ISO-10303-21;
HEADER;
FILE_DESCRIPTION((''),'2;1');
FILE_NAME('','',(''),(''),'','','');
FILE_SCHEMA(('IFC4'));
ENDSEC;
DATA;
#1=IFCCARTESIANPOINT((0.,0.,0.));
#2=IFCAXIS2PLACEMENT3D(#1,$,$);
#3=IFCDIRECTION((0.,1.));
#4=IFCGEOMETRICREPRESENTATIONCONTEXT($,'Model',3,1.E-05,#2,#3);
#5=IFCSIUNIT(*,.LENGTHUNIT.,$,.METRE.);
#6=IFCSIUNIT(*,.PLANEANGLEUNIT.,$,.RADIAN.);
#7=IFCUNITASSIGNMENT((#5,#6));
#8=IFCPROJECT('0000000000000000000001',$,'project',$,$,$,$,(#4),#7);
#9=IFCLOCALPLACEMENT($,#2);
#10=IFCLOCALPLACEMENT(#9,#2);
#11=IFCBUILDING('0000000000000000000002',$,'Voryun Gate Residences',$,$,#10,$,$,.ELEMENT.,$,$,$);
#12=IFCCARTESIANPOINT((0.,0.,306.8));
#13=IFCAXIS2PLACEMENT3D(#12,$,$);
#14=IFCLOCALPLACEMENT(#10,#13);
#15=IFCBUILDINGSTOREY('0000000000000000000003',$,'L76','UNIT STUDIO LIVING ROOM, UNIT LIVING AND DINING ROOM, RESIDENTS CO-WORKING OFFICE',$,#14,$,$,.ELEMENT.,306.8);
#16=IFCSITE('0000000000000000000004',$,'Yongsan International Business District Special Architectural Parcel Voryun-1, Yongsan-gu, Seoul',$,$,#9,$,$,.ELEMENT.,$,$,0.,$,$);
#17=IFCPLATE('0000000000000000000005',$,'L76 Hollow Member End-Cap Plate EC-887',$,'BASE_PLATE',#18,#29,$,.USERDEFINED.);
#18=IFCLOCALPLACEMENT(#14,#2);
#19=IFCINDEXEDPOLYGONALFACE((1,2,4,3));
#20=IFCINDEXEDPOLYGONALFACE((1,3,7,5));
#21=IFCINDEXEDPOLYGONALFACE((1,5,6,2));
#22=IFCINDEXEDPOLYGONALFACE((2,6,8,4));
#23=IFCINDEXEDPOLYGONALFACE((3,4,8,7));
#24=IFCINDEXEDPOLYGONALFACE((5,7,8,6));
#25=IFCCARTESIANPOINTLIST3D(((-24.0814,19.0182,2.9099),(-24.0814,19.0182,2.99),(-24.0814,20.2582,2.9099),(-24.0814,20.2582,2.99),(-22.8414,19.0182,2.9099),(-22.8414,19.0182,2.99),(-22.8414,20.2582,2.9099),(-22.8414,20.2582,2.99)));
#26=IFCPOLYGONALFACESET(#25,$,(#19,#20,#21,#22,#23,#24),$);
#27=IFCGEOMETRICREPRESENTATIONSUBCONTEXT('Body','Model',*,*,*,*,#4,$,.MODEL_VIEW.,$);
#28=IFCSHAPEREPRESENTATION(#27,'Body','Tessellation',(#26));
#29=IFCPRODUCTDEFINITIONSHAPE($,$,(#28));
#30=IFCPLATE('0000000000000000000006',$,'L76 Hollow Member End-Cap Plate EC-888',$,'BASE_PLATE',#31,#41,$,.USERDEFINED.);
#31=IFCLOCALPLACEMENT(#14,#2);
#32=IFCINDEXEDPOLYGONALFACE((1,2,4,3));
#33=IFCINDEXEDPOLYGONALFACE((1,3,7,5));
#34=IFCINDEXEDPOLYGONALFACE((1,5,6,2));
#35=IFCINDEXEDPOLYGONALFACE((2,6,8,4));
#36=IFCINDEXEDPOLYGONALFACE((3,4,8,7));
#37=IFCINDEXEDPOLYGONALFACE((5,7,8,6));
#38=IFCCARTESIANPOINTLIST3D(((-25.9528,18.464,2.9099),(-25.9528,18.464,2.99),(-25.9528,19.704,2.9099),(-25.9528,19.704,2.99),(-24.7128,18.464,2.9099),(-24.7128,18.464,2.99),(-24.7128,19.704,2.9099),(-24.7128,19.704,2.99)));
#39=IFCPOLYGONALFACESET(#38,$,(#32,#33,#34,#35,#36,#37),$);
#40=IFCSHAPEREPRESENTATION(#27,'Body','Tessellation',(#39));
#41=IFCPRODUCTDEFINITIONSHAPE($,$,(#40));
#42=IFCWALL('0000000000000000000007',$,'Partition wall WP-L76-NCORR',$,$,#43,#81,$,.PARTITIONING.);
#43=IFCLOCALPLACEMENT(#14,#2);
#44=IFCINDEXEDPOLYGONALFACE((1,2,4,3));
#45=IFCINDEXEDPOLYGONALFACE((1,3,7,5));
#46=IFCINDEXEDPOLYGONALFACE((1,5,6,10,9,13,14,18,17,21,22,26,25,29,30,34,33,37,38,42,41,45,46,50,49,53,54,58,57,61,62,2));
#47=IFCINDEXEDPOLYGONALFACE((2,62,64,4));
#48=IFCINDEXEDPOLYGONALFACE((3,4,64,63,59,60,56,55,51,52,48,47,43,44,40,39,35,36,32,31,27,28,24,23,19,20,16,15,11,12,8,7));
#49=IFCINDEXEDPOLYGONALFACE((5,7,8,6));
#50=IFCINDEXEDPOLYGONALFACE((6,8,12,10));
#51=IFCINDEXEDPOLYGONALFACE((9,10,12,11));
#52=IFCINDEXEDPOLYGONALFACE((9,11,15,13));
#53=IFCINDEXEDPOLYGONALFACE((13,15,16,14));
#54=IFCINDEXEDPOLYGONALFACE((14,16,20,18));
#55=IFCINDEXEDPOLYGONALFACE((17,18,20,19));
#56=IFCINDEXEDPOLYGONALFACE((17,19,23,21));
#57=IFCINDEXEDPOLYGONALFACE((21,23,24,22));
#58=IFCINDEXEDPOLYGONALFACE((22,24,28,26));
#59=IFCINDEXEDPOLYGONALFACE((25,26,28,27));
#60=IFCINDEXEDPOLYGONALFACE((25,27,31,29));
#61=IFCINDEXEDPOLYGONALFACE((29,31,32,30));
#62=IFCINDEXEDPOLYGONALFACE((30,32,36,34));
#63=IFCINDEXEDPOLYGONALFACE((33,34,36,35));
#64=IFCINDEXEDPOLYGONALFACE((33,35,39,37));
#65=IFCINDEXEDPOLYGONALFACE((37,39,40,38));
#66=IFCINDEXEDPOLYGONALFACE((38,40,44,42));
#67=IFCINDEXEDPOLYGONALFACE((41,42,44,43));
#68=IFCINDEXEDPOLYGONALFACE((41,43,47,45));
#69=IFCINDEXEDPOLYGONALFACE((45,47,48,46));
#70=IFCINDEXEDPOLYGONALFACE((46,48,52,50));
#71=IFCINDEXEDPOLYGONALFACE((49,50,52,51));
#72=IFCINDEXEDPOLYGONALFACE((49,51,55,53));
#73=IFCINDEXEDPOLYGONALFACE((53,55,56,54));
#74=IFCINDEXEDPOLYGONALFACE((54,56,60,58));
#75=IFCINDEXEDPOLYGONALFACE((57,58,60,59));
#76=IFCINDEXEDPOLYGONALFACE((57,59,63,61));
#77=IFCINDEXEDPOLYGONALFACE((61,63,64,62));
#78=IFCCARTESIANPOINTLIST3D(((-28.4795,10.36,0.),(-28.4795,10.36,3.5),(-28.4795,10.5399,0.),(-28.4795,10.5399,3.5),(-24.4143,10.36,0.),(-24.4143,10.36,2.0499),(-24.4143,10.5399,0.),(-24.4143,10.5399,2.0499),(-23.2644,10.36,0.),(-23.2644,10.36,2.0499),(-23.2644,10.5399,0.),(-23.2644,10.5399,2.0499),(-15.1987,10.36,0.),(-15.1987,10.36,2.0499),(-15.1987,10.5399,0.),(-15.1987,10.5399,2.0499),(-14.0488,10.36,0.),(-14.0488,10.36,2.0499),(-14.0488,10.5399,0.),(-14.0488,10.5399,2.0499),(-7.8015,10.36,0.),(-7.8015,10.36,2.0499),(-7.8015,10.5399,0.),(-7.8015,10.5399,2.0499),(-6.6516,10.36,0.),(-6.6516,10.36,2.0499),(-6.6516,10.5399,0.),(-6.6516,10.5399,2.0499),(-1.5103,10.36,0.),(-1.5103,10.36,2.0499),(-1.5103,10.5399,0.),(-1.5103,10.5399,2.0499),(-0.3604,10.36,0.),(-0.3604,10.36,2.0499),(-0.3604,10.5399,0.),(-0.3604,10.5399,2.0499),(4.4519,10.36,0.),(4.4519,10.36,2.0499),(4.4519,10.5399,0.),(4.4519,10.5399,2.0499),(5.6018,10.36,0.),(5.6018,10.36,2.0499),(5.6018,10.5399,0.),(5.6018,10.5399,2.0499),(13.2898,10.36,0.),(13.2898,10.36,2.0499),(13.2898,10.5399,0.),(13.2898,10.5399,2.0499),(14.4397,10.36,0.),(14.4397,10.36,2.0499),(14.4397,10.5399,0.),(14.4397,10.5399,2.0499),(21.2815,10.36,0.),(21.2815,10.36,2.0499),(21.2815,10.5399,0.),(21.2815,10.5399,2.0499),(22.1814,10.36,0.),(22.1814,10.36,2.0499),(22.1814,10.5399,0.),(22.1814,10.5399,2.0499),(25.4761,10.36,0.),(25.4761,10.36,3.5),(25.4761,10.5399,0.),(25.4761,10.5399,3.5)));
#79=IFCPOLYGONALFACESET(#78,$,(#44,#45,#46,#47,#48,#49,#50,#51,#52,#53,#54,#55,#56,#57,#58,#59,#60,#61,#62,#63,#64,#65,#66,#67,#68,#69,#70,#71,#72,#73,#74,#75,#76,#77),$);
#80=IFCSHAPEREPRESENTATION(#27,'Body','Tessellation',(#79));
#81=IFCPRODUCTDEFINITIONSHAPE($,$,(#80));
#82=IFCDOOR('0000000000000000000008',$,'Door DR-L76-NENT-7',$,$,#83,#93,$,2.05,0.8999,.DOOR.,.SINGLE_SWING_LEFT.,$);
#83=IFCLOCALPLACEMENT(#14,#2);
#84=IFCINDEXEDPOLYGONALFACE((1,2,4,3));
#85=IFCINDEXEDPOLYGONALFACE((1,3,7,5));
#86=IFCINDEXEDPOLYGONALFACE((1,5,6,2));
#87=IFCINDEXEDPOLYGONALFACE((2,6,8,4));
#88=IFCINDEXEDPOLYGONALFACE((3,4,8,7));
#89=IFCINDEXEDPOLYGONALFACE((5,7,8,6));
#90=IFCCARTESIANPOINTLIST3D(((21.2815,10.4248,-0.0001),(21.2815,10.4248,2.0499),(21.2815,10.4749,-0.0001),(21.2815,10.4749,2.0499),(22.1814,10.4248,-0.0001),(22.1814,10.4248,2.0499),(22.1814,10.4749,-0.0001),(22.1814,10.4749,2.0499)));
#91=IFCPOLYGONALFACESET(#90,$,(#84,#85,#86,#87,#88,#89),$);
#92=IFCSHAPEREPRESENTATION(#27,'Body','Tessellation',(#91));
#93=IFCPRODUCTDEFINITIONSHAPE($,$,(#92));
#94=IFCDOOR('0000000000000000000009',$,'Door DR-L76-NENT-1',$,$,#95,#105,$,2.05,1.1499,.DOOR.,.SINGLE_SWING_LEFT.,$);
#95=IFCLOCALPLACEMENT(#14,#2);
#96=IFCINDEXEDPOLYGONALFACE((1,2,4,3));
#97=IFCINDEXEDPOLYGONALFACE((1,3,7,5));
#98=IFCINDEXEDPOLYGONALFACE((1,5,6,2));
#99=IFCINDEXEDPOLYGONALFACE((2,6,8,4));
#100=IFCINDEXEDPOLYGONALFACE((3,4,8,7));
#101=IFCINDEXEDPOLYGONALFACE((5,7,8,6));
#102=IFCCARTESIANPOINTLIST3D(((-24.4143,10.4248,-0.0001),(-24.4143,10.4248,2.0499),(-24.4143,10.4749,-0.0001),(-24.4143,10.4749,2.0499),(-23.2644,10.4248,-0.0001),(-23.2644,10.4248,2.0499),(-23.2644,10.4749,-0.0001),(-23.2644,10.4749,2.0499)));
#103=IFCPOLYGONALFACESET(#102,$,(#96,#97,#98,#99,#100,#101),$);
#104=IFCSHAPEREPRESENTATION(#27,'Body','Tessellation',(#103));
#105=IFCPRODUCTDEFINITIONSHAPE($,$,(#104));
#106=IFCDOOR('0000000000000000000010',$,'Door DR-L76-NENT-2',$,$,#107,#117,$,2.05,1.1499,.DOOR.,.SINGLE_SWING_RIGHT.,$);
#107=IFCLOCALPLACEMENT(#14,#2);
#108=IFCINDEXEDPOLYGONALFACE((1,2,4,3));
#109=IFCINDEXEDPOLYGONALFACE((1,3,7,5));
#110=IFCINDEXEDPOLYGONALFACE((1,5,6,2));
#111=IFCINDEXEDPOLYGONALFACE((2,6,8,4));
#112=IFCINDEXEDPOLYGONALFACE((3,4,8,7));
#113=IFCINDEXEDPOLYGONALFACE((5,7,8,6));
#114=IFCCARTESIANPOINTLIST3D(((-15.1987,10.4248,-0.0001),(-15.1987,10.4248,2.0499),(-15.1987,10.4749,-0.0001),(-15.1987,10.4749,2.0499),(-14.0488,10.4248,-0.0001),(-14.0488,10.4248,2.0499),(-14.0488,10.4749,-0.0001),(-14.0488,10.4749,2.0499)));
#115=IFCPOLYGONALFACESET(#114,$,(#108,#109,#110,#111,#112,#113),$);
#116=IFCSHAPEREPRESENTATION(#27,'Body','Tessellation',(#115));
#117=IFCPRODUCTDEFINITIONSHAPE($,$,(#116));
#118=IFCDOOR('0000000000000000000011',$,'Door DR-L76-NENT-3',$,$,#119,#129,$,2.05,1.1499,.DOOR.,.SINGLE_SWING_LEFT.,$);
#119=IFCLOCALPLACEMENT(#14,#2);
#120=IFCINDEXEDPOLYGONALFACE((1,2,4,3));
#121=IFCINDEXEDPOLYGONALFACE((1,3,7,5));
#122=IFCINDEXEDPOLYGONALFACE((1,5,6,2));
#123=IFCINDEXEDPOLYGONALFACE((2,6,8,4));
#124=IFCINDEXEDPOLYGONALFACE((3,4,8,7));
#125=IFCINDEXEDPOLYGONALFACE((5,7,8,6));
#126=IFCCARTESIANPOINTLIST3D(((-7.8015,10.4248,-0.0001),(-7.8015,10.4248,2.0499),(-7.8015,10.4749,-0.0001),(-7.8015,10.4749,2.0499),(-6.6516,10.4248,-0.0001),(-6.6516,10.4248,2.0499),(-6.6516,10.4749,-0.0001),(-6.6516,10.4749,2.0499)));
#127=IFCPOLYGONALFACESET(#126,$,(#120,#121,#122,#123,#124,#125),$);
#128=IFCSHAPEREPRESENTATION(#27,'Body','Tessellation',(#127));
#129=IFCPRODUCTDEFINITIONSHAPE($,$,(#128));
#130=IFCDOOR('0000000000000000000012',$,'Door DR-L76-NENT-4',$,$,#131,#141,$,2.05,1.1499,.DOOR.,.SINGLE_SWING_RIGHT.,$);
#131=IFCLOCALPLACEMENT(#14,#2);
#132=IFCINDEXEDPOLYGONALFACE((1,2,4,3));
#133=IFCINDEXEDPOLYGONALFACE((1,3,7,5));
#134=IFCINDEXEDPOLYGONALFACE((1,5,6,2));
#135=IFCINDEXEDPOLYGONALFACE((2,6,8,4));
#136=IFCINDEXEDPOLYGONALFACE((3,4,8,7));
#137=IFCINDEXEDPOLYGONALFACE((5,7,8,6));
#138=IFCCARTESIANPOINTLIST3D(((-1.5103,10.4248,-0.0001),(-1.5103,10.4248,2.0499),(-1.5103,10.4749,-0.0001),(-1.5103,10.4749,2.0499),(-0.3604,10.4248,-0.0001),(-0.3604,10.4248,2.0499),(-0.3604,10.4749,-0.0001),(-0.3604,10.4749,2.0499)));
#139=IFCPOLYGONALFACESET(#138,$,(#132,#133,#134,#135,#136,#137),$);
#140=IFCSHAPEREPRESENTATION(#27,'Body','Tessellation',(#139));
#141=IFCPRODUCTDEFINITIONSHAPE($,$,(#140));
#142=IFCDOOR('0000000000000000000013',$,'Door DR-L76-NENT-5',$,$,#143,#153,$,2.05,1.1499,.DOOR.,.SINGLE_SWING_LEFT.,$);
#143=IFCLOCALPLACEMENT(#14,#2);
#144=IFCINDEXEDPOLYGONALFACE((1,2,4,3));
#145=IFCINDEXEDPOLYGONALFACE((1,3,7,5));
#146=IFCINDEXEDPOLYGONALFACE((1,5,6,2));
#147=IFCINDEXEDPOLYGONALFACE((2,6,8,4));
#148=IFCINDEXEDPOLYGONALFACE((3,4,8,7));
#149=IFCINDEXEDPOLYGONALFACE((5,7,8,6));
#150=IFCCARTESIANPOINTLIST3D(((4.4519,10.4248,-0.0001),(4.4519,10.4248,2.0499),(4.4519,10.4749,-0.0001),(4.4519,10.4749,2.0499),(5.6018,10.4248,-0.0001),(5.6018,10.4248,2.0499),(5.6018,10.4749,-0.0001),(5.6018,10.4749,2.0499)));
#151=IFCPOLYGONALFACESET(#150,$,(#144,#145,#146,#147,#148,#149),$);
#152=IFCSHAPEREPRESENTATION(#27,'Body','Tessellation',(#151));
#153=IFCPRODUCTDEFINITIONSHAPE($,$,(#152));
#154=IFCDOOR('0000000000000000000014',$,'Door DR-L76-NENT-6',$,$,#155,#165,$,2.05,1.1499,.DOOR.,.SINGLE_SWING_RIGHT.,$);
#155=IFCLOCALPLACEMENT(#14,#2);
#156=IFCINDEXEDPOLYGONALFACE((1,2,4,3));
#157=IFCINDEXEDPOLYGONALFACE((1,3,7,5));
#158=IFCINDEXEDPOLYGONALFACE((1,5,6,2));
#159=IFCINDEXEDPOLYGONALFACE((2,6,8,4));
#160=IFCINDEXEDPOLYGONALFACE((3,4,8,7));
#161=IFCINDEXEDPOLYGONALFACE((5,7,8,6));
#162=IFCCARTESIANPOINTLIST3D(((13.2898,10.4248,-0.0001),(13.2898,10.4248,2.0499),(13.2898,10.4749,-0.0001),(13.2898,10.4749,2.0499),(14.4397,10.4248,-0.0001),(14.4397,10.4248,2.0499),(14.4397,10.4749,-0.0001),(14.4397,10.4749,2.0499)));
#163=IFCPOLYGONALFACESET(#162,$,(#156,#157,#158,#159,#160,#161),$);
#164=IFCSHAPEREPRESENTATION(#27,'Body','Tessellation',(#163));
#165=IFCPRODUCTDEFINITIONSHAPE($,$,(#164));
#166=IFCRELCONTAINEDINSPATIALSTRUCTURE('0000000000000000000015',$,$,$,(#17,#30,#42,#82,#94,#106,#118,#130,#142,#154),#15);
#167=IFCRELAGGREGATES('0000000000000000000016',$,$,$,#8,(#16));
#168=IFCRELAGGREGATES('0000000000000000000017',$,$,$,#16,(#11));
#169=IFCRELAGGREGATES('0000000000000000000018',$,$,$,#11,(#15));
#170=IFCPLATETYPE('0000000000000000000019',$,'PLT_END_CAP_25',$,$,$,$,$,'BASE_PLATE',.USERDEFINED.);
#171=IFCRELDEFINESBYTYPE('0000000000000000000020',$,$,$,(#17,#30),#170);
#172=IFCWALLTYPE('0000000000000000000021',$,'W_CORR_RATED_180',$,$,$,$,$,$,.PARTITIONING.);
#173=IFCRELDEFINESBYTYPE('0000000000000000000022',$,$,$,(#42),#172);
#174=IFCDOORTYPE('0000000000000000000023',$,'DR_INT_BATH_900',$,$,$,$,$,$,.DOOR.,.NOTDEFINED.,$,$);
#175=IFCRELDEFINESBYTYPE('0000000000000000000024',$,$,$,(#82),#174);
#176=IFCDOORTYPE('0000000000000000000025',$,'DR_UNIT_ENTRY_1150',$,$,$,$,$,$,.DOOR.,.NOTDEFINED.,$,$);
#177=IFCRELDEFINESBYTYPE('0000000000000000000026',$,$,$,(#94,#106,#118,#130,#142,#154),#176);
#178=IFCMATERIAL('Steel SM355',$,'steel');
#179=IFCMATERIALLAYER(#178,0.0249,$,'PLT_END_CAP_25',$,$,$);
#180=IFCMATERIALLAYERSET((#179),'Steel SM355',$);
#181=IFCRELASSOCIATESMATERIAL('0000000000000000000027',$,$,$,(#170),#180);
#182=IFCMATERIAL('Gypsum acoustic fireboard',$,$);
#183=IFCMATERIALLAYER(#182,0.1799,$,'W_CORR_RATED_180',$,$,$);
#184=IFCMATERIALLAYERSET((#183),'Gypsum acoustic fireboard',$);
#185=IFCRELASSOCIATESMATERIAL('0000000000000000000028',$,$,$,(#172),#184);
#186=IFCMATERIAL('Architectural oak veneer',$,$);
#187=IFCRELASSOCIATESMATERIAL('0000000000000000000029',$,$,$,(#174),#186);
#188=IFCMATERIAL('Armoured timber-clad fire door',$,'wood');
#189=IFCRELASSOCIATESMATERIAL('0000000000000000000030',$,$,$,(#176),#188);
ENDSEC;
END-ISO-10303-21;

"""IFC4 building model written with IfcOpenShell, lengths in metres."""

from ifc_helpers import new_model, si_unit, direction, frame, frame_2d, origin, origin_2d, place, context, subcontext, project, spatial, rectangle, extrude, material, layer, layer_set, type_object, element, fill, save


model = new_model("IFC4")

# Units and contexts
model_context = context("Model", 3, precision=1e-05, world=origin(), true_north=direction((0.0, 1.0)))
body_context = subcontext(model_context, "Body", "Model", "MODEL_VIEW")
ifc_project = project(units=[si_unit("LENGTHUNIT", "METRE"), si_unit("PLANEANGLEUNIT", "RADIAN")], contexts=[model_context])

# Site, building, storey
site_placement = place(None, origin())
site = spatial("IfcSite", under=ifc_project, at=site_placement, Name="Yongsan International Business District Special Architectural Parcel Voryun-1, Yongsan-gu, Seoul", CompositionType="ELEMENT", RefElevation=0.0)
building_placement = place(site_placement, origin())
building = spatial("IfcBuilding", under=site, at=building_placement, Name="Voryun Gate Residences", CompositionType="ELEMENT")
storey_placement = place(building_placement, frame((0.0, 0.0, 306.8)))
storey = spatial("IfcBuildingStorey", under=building, at=storey_placement, Name="L76", Description="UNIT STUDIO LIVING ROOM, UNIT LIVING AND DINING ROOM, RESIDENTS CO-WORKING OFFICE", CompositionType="ELEMENT", Elevation=306.8)

# Plates
ifc_material_1 = material(Name="Steel SM355", Category="steel")
ifc_layer_1 = layer(ifc_material_1, 0.0249, Name="PLT_END_CAP_25")
ifc_layer_set_1 = layer_set([ifc_layer_1], Name="Steel SM355")
plate_type = type_object("IfcPlateType", Name="PLT_END_CAP_25", ElementType="BASE_PLATE", PredefinedType="USERDEFINED", material=ifc_layer_set_1)
for number, where, z_axis, x_axis, name in (
    (1, (-23.4614, 19.6382, 2.9099), (0.0, 0.0, 1.0), (1.0, 0.0, 0.0), "L76 Hollow Member End-Cap Plate EC-887"),
    (2, (-25.3328, 19.084, 2.9099), (0.0, 0.0, 1.0), (1.0, 0.0, 0.0), "L76 Hollow Member End-Cap Plate EC-888"),
):
    element("IfcPlate", number, at=place(storey_placement, frame(where, z_axis=z_axis, x_axis=x_axis)), inside=storey, type_object=plate_type, Name=name, ObjectType="BASE_PLATE", PredefinedType="USERDEFINED", context=body_context, shape_type="SweptSolid", body=[
        extrude(rectangle(XDim=1.24, YDim=1.24, at=origin_2d()), origin(), (0.0, 0.0, 1.0), 0.0801),
    ])

# Wall, openings, doors
ifc_material_2 = material(Name="Gypsum acoustic fireboard")
ifc_layer_2 = layer(ifc_material_2, 0.1799, Name="W_CORR_RATED_180")
ifc_layer_set_2 = layer_set([ifc_layer_2], Name="Gypsum acoustic fireboard")
wall_type_1 = type_object("IfcWallType", Name="W_CORR_RATED_180", PredefinedType="PARTITIONING", material=ifc_layer_set_2)
wall_1_placement = place(storey_placement, frame((-28.4795, 10.45, 0.0), z_axis=(0.0, 0.0, 1.0), x_axis=(1.0, 0.0, 0.0)))
wall_1 = element("IfcWall", 3, at=wall_1_placement, inside=storey, type_object=wall_type_1, Name="Partition wall WP-L76-NCORR", PredefinedType="PARTITIONING", context=body_context, shape_type="SweptSolid", body=[
    extrude(rectangle(XDim=53.9556, YDim=0.1799, at=frame_2d((26.9778, 0.0))), origin(), (0.0, 0.0, 1.0), 3.5),
])
opening_1_placement = place(wall_1_placement, frame((4.0652, 0.0, 0.0)))
opening_1 = element("IfcOpeningElement", 4, at=opening_1_placement, cuts=wall_1, PredefinedType="OPENING", context=body_context, shape_type="SweptSolid", body=[
    extrude(rectangle(XDim=1.1499, YDim=2.05, at=frame_2d((0.575, 1.0249))), frame((0.0, 0.0999, 0.0), z_axis=(0.0, -1.0, 0.0), x_axis=(1.0, 0.0, 0.0)), (0.0, 0.0, 1.0), 0.2),
])
opening_2_placement = place(wall_1_placement, frame((13.2808, 0.0, 0.0)))
opening_2 = element("IfcOpeningElement", 5, at=opening_2_placement, cuts=wall_1, PredefinedType="OPENING", context=body_context, shape_type="SweptSolid", body=[
    extrude(rectangle(XDim=1.1499, YDim=2.05, at=frame_2d((0.575, 1.0249))), frame((0.0, 0.0999, 0.0), z_axis=(0.0, -1.0, 0.0), x_axis=(1.0, 0.0, 0.0)), (0.0, 0.0, 1.0), 0.2),
])
opening_3_placement = place(wall_1_placement, frame((20.678, 0.0, 0.0)))
opening_3 = element("IfcOpeningElement", 6, at=opening_3_placement, cuts=wall_1, PredefinedType="OPENING", context=body_context, shape_type="SweptSolid", body=[
    extrude(rectangle(XDim=1.1499, YDim=2.05, at=frame_2d((0.575, 1.0249))), frame((0.0, 0.0999, 0.0), z_axis=(0.0, -1.0, 0.0), x_axis=(1.0, 0.0, 0.0)), (0.0, 0.0, 1.0), 0.2),
])
opening_4_placement = place(wall_1_placement, frame((26.9692, 0.0, 0.0)))
opening_4 = element("IfcOpeningElement", 7, at=opening_4_placement, cuts=wall_1, PredefinedType="OPENING", context=body_context, shape_type="SweptSolid", body=[
    extrude(rectangle(XDim=1.1499, YDim=2.05, at=frame_2d((0.575, 1.0249))), frame((0.0, 0.0999, 0.0), z_axis=(0.0, -1.0, 0.0), x_axis=(1.0, 0.0, 0.0)), (0.0, 0.0, 1.0), 0.2),
])
opening_5_placement = place(wall_1_placement, frame((32.9314, 0.0, 0.0)))
opening_5 = element("IfcOpeningElement", 8, at=opening_5_placement, cuts=wall_1, PredefinedType="OPENING", context=body_context, shape_type="SweptSolid", body=[
    extrude(rectangle(XDim=1.1499, YDim=2.05, at=frame_2d((0.575, 1.0249))), frame((0.0, 0.0999, 0.0), z_axis=(0.0, -1.0, 0.0), x_axis=(1.0, 0.0, 0.0)), (0.0, 0.0, 1.0), 0.2),
])
opening_6_placement = place(wall_1_placement, frame((41.7693, 0.0, 0.0)))
opening_6 = element("IfcOpeningElement", 9, at=opening_6_placement, cuts=wall_1, PredefinedType="OPENING", context=body_context, shape_type="SweptSolid", body=[
    extrude(rectangle(XDim=1.1499, YDim=2.05, at=frame_2d((0.575, 1.0249))), frame((0.0, 0.0999, 0.0), z_axis=(0.0, -1.0, 0.0), x_axis=(1.0, 0.0, 0.0)), (0.0, 0.0, 1.0), 0.2),
])
opening_7_placement = place(wall_1_placement, frame((49.761, 0.0, 0.0)))
opening_7 = element("IfcOpeningElement", 10, at=opening_7_placement, cuts=wall_1, PredefinedType="OPENING", context=body_context, shape_type="SweptSolid", body=[
    extrude(rectangle(XDim=0.8999, YDim=2.05, at=frame_2d((0.45, 1.0249))), frame((0.0, 0.0999, 0.0), z_axis=(0.0, -1.0, 0.0), x_axis=(1.0, 0.0, 0.0)), (0.0, 0.0, 1.0), 0.2),
])
ifc_material_3 = material(Name="Architectural oak veneer")
door_type_1 = type_object("IfcDoorType", Name="DR_INT_BATH_900", OperationType="NOTDEFINED", PredefinedType="DOOR", material=ifc_material_3)
door_1_placement = place(opening_7_placement, origin())
door_1 = element("IfcDoor", 11, at=door_1_placement, inside=storey, type_object=door_type_1, Name="Door DR-L76-NENT-7", OperationType="SINGLE_SWING_LEFT", OverallHeight=2.05, OverallWidth=0.8999, PredefinedType="DOOR", context=body_context, shape_type="SweptSolid", body=[
    extrude(rectangle(XDim=0.8999, YDim=2.05, at=frame_2d((0.45, 1.0249))), frame((0.0, 0.0249, 0.0), z_axis=(0.0, -1.0, 0.0), x_axis=(1.0, 0.0, 0.0)), (0.0, 0.0, 1.0), 0.05),
])
fill(opening_7, door_1)
ifc_material_4 = material(Name="Armoured timber-clad fire door", Category="wood")
door_type_2 = type_object("IfcDoorType", Name="DR_UNIT_ENTRY_1150", OperationType="NOTDEFINED", PredefinedType="DOOR", material=ifc_material_4)
door_2_placement = place(opening_1_placement, origin())
door_2 = element("IfcDoor", 12, at=door_2_placement, inside=storey, type_object=door_type_2, Name="Door DR-L76-NENT-1", OperationType="SINGLE_SWING_LEFT", OverallHeight=2.05, OverallWidth=1.1499, PredefinedType="DOOR", context=body_context, shape_type="SweptSolid", body=[
    extrude(rectangle(XDim=1.1499, YDim=2.05, at=frame_2d((0.575, 1.0249))), frame((0.0, 0.0249, 0.0), z_axis=(0.0, -1.0, 0.0), x_axis=(1.0, 0.0, 0.0)), (0.0, 0.0, 1.0), 0.05),
])
fill(opening_1, door_2)
door_3_placement = place(opening_2_placement, origin())
door_3 = element("IfcDoor", 13, at=door_3_placement, inside=storey, type_object=door_type_2, Name="Door DR-L76-NENT-2", OperationType="SINGLE_SWING_RIGHT", OverallHeight=2.05, OverallWidth=1.1499, PredefinedType="DOOR", context=body_context, shape_type="SweptSolid", body=[
    extrude(rectangle(XDim=1.1499, YDim=2.05, at=frame_2d((0.575, 1.0249))), frame((0.0, 0.0249, 0.0), z_axis=(0.0, -1.0, 0.0), x_axis=(1.0, 0.0, 0.0)), (0.0, 0.0, 1.0), 0.05),
])
fill(opening_2, door_3)
door_4_placement = place(opening_3_placement, origin())
door_4 = element("IfcDoor", 14, at=door_4_placement, inside=storey, type_object=door_type_2, Name="Door DR-L76-NENT-3", OperationType="SINGLE_SWING_LEFT", OverallHeight=2.05, OverallWidth=1.1499, PredefinedType="DOOR", context=body_context, shape_type="SweptSolid", body=[
    extrude(rectangle(XDim=1.1499, YDim=2.05, at=frame_2d((0.575, 1.0249))), frame((0.0, 0.0249, 0.0), z_axis=(0.0, -1.0, 0.0), x_axis=(1.0, 0.0, 0.0)), (0.0, 0.0, 1.0), 0.05),
])
fill(opening_3, door_4)
door_5_placement = place(opening_4_placement, origin())
door_5 = element("IfcDoor", 15, at=door_5_placement, inside=storey, type_object=door_type_2, Name="Door DR-L76-NENT-4", OperationType="SINGLE_SWING_RIGHT", OverallHeight=2.05, OverallWidth=1.1499, PredefinedType="DOOR", context=body_context, shape_type="SweptSolid", body=[
    extrude(rectangle(XDim=1.1499, YDim=2.05, at=frame_2d((0.575, 1.0249))), frame((0.0, 0.0249, 0.0), z_axis=(0.0, -1.0, 0.0), x_axis=(1.0, 0.0, 0.0)), (0.0, 0.0, 1.0), 0.05),
])
fill(opening_4, door_5)
door_6_placement = place(opening_5_placement, origin())
door_6 = element("IfcDoor", 16, at=door_6_placement, inside=storey, type_object=door_type_2, Name="Door DR-L76-NENT-5", OperationType="SINGLE_SWING_LEFT", OverallHeight=2.05, OverallWidth=1.1499, PredefinedType="DOOR", context=body_context, shape_type="SweptSolid", body=[
    extrude(rectangle(XDim=1.1499, YDim=2.05, at=frame_2d((0.575, 1.0249))), frame((0.0, 0.0249, 0.0), z_axis=(0.0, -1.0, 0.0), x_axis=(1.0, 0.0, 0.0)), (0.0, 0.0, 1.0), 0.05),
])
fill(opening_5, door_6)
door_7_placement = place(opening_6_placement, origin())
door_7 = element("IfcDoor", 17, at=door_7_placement, inside=storey, type_object=door_type_2, Name="Door DR-L76-NENT-6", OperationType="SINGLE_SWING_RIGHT", OverallHeight=2.05, OverallWidth=1.1499, PredefinedType="DOOR", context=body_context, shape_type="SweptSolid", body=[
    extrude(rectangle(XDim=1.1499, YDim=2.05, at=frame_2d((0.575, 1.0249))), frame((0.0, 0.0249, 0.0), z_axis=(0.0, -1.0, 0.0), x_axis=(1.0, 0.0, 0.0)), (0.0, 0.0, 1.0), 0.05),
])
fill(opening_6, door_7)

save(model, "model.ifc")
